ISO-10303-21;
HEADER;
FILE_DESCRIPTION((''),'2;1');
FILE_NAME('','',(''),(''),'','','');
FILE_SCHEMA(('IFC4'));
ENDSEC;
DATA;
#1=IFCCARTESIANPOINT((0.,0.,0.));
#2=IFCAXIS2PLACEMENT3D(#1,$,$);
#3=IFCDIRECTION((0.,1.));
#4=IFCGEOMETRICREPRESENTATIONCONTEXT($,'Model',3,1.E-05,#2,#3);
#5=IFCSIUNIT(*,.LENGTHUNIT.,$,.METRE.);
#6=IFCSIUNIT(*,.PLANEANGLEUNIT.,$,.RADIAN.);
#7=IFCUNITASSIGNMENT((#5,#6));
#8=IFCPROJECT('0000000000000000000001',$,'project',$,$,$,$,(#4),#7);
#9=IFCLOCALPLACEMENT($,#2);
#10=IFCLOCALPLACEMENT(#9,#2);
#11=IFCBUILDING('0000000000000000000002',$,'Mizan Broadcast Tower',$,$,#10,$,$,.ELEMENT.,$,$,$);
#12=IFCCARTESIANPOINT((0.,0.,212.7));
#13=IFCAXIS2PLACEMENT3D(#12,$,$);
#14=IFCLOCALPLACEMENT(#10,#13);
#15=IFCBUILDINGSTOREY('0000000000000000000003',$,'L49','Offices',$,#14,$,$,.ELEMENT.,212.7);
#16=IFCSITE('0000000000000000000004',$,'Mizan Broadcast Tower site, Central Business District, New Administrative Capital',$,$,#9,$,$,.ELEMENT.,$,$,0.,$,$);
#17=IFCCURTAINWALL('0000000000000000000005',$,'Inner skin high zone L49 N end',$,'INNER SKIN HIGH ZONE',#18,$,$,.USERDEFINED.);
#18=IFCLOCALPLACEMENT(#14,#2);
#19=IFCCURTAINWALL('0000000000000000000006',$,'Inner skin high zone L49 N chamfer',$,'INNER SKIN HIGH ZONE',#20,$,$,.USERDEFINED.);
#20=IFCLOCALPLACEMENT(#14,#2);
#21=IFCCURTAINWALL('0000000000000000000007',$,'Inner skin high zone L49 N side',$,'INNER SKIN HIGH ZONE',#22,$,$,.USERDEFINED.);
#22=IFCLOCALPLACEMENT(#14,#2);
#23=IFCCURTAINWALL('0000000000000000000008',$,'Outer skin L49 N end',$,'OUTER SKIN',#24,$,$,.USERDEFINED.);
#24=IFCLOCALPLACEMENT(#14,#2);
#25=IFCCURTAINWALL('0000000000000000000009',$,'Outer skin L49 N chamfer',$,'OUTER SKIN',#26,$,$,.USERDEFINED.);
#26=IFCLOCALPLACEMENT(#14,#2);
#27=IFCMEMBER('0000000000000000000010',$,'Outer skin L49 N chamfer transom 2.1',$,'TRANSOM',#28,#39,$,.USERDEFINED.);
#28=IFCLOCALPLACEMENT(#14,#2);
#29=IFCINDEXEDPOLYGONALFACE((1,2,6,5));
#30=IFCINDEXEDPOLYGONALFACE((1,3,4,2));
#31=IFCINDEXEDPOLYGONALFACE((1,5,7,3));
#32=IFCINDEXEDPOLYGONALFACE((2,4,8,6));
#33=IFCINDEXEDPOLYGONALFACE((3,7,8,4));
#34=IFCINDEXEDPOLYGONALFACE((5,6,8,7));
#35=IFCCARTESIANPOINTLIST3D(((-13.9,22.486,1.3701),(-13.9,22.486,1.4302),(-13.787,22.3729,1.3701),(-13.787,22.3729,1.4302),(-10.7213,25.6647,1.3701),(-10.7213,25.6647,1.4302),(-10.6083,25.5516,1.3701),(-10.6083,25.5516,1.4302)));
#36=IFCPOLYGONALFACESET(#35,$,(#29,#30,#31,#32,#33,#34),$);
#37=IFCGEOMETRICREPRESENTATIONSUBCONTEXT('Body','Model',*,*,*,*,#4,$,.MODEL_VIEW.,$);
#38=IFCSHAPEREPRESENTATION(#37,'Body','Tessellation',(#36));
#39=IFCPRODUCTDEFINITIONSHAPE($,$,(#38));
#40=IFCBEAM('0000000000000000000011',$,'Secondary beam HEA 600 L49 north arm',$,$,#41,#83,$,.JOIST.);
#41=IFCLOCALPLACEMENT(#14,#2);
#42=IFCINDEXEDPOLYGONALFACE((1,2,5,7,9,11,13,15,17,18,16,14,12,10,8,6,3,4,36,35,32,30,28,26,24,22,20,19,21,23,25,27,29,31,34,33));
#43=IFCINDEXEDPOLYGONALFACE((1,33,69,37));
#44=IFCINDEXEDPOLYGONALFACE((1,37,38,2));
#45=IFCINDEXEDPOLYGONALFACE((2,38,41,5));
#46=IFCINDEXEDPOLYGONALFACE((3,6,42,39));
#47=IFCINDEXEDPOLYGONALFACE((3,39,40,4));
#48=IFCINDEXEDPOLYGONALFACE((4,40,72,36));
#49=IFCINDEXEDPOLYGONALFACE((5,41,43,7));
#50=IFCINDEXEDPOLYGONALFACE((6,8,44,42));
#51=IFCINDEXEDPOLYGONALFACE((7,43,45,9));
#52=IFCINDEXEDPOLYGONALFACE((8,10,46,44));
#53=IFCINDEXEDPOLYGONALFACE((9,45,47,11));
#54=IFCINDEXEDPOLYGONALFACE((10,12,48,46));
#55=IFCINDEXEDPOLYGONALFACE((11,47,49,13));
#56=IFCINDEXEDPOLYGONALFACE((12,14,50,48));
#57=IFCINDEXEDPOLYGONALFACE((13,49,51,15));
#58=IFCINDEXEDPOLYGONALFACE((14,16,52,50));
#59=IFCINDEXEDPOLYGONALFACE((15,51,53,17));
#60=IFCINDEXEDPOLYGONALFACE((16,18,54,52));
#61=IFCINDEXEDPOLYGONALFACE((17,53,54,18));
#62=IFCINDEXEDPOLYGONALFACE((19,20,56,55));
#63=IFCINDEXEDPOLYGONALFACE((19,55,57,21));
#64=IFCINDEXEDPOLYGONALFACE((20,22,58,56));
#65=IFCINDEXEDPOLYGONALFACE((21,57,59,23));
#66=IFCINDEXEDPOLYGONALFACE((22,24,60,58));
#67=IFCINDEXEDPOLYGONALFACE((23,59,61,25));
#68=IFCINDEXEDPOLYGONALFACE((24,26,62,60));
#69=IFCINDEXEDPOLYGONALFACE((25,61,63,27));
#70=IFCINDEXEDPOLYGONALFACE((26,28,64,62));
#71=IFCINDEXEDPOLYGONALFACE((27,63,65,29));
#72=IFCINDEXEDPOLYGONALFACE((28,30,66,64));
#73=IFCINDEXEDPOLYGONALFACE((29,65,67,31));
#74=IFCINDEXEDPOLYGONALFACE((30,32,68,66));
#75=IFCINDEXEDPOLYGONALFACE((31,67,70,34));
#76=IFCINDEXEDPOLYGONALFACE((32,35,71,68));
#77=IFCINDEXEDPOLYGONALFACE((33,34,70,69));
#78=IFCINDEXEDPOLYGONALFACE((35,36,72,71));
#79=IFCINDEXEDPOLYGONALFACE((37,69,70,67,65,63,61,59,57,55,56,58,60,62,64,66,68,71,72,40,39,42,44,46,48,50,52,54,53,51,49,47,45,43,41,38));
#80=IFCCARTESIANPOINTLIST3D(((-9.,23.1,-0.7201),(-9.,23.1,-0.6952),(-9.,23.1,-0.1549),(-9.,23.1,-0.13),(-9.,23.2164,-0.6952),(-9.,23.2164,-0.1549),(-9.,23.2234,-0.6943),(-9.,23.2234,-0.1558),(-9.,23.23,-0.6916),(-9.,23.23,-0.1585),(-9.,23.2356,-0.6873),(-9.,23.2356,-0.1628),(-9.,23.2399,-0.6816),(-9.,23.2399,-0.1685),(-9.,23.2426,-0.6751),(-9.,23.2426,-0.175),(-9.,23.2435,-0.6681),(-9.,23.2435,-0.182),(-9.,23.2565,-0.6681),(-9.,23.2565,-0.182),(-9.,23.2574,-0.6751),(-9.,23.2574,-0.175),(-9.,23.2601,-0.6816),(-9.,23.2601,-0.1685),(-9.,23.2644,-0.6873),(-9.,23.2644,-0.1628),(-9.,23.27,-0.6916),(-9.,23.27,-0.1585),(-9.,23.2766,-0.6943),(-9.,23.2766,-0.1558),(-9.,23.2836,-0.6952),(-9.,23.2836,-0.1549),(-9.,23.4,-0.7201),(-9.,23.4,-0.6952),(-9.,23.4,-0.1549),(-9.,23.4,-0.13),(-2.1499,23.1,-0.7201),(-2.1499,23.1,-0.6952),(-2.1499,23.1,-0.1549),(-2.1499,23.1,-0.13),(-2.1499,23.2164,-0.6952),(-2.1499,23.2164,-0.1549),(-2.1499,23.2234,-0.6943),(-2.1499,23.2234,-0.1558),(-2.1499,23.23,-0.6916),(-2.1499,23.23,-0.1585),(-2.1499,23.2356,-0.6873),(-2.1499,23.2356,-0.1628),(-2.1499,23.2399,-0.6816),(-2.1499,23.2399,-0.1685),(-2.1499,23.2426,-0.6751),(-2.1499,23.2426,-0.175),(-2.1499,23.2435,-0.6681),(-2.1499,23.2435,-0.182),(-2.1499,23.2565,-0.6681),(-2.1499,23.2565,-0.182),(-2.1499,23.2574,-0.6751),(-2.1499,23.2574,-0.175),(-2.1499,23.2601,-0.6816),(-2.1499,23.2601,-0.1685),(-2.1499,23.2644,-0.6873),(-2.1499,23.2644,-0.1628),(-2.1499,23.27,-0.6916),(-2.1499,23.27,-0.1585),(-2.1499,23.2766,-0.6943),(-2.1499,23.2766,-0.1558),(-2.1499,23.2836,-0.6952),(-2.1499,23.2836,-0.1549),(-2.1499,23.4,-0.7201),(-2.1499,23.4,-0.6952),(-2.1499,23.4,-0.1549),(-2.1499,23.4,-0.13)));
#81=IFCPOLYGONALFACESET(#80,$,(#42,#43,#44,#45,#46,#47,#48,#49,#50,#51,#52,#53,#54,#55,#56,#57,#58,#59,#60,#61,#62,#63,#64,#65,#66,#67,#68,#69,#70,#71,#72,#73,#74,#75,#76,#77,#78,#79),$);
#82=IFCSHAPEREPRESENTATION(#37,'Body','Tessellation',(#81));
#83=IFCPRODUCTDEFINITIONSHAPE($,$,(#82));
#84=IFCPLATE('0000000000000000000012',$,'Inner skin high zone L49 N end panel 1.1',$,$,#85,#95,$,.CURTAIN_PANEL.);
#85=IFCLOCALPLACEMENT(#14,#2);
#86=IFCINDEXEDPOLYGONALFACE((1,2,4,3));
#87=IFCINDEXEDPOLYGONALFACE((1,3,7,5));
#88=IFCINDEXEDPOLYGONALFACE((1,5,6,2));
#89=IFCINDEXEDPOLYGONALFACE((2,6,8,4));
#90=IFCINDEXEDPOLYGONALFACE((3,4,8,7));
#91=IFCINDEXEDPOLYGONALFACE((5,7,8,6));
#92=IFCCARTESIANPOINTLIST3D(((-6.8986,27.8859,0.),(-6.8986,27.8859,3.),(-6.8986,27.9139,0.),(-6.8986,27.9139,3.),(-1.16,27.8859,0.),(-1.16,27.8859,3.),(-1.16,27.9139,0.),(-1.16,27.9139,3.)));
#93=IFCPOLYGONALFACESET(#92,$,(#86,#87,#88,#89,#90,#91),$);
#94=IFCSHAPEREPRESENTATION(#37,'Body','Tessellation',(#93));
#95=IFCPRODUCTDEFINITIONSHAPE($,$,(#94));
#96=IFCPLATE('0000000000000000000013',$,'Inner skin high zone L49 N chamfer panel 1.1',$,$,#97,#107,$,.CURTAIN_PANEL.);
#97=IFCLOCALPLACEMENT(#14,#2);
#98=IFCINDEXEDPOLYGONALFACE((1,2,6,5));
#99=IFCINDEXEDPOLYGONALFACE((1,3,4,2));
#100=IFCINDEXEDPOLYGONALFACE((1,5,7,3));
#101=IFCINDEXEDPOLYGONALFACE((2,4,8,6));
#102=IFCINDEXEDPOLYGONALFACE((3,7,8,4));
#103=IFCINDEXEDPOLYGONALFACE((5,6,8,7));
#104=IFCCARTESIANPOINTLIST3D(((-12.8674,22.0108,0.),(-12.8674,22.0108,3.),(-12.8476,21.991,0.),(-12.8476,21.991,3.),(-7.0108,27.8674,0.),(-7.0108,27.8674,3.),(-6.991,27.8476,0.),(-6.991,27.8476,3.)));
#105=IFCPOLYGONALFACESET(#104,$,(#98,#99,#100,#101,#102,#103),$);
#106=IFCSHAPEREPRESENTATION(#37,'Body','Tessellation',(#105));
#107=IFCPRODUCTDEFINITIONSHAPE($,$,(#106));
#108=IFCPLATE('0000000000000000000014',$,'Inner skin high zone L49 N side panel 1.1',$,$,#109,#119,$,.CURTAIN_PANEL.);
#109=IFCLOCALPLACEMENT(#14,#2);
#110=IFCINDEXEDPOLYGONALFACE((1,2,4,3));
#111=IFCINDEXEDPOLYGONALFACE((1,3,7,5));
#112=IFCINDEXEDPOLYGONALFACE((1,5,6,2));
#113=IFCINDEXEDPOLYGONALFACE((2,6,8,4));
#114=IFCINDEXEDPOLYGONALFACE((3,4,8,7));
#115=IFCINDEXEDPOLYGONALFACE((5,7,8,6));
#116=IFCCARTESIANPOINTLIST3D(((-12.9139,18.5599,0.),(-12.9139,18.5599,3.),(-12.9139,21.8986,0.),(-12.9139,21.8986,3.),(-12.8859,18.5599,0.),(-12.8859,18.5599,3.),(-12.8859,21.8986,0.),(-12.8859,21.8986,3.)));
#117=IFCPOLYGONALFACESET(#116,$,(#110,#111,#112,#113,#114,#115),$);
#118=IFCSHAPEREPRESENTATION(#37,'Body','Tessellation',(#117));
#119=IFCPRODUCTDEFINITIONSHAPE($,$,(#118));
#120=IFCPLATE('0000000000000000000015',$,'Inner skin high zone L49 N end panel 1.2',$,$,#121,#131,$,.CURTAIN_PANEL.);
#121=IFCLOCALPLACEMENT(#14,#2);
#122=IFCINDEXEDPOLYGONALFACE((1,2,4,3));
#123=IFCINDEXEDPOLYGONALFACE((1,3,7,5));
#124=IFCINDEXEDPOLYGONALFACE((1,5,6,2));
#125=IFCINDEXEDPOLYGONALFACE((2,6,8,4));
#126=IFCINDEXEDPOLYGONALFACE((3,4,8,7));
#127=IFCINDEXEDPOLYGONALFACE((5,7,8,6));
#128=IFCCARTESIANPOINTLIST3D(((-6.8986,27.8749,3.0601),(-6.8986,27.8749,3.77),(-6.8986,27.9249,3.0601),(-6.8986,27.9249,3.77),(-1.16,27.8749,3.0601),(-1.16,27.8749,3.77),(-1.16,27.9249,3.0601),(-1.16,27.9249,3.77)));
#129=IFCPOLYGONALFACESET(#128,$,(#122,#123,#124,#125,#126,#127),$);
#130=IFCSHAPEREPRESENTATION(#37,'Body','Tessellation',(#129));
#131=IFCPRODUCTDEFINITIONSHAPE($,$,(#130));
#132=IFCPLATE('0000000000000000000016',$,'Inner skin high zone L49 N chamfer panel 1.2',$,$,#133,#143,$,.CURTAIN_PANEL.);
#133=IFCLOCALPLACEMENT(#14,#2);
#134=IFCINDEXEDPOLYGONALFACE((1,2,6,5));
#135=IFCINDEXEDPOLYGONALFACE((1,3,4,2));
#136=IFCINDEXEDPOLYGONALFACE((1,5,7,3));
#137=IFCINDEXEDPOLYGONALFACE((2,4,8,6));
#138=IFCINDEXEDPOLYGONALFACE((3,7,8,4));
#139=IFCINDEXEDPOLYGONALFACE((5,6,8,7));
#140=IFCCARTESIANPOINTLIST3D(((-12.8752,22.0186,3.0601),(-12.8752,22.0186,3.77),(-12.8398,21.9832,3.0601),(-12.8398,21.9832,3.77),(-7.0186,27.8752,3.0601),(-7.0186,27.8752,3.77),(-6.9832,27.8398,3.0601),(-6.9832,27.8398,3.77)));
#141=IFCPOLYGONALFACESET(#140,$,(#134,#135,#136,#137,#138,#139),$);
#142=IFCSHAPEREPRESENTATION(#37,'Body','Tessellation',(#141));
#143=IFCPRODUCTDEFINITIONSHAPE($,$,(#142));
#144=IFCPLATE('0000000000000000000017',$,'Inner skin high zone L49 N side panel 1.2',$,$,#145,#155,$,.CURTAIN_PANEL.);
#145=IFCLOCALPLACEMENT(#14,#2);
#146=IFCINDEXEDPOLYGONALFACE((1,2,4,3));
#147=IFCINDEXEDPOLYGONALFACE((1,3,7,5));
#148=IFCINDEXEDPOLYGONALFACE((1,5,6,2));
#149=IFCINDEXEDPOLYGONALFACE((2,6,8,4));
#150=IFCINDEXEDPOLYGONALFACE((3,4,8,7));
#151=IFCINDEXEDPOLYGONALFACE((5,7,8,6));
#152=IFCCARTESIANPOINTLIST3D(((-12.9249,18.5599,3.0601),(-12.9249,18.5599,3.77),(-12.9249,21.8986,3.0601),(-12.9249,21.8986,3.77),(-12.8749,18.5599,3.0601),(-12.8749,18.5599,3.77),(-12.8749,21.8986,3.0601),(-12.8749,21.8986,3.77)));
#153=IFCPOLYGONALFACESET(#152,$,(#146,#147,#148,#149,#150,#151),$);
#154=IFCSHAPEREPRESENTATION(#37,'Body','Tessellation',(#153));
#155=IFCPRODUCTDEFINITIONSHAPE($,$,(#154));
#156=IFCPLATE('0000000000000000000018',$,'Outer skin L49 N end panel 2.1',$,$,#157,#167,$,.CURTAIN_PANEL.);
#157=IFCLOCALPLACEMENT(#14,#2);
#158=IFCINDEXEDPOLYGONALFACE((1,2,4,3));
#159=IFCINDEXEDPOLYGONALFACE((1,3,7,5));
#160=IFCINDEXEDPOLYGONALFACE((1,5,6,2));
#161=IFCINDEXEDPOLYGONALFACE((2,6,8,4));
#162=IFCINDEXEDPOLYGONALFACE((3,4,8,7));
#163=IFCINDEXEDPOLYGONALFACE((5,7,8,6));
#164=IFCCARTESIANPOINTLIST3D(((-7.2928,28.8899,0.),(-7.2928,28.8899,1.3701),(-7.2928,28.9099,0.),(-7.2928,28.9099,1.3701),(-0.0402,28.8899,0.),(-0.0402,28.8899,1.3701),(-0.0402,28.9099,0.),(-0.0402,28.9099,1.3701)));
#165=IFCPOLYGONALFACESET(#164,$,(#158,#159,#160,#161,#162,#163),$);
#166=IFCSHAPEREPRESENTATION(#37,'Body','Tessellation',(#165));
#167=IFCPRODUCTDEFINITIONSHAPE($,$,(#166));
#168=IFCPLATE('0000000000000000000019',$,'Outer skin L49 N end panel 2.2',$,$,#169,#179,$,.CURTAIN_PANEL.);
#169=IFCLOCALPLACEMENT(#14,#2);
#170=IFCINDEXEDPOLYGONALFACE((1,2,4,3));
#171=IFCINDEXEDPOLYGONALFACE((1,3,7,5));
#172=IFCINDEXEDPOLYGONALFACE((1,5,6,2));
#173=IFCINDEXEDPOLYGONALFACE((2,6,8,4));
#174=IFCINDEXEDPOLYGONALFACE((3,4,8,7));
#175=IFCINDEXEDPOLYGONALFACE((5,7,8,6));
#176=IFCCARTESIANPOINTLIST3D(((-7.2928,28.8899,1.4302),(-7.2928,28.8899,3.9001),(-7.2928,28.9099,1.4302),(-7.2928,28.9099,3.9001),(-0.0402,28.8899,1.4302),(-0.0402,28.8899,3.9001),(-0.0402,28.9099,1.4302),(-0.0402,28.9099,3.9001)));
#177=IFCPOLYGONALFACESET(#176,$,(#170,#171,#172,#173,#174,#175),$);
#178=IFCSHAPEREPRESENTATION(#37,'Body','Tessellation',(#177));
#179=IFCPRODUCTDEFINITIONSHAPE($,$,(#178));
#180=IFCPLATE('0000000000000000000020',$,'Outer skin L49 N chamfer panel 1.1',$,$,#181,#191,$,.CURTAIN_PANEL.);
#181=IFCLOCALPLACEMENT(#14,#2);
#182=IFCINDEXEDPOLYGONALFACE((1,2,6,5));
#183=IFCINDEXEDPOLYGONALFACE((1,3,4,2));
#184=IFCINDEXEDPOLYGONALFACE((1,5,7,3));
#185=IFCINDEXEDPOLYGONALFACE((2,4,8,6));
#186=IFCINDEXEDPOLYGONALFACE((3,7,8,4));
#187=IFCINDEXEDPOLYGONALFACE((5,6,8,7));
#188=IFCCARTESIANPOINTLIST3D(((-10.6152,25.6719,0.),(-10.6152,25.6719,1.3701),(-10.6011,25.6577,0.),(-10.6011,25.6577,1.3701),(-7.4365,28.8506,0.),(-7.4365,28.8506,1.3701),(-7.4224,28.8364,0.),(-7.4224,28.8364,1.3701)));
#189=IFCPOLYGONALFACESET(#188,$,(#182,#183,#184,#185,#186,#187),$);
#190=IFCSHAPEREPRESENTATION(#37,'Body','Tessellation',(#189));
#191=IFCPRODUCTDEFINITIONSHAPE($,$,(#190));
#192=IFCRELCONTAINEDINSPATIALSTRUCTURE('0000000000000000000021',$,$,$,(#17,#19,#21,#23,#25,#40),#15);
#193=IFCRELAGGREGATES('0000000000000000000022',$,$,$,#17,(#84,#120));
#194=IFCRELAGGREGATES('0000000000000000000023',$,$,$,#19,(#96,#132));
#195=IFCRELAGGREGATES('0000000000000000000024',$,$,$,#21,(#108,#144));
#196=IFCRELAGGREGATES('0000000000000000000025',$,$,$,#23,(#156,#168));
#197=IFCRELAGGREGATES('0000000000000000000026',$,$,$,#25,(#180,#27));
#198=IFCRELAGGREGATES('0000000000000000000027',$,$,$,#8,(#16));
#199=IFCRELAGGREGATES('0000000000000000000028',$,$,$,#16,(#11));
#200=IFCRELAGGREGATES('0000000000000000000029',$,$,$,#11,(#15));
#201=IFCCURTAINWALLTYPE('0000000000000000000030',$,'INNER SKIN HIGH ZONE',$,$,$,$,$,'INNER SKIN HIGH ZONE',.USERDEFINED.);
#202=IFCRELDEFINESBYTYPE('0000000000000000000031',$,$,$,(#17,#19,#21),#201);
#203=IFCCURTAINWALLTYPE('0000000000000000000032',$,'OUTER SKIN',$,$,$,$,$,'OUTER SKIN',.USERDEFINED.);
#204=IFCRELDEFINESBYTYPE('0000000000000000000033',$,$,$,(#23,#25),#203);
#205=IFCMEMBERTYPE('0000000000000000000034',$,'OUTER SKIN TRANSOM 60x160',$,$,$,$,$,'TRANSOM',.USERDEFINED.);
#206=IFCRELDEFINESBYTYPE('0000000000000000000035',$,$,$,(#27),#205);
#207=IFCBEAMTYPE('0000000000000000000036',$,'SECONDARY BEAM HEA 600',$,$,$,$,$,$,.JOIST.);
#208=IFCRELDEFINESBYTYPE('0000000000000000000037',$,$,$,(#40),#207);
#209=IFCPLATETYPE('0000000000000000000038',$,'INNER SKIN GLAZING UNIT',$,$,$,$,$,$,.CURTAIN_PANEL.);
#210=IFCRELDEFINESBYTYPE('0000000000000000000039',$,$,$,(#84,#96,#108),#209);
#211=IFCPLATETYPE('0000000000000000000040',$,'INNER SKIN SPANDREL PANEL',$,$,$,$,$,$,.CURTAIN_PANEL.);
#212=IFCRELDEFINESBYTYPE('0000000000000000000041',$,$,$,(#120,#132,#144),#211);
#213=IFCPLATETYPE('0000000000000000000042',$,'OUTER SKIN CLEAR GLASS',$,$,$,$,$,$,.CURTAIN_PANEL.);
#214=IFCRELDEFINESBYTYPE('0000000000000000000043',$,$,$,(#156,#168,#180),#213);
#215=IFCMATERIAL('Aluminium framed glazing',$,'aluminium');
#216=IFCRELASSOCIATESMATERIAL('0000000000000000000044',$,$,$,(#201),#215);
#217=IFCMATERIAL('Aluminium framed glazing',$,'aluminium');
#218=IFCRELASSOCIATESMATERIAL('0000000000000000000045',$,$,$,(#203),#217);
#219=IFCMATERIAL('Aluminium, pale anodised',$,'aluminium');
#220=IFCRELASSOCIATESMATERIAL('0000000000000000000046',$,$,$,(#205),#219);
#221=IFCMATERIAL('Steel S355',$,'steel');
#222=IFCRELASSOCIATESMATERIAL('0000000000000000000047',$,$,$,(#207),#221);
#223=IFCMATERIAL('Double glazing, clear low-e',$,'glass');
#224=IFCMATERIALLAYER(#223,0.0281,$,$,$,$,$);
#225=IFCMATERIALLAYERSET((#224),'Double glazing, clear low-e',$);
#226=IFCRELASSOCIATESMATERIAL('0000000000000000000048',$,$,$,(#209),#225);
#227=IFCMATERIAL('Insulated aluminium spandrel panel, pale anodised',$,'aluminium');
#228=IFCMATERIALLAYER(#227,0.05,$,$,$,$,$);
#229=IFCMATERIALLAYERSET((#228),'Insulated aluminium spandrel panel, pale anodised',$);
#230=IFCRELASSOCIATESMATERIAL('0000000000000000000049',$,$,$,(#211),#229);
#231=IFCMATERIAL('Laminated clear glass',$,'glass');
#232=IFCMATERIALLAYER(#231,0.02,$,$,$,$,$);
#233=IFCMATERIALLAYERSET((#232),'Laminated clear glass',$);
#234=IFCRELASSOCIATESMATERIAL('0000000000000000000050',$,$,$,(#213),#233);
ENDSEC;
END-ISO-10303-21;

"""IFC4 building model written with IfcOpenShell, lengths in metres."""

from ifc_helpers import new_model, si_unit, direction, frame, origin, origin_2d, place, context, subcontext, project, spatial, rectangle, i_section, extrude, material, layer, layer_set, material_profile, profile_set, type_object, element, aggregate, save


model = new_model("IFC4")

# Units and contexts
model_context = context("Model", 3, precision=1e-05, world=origin(), true_north=direction((0.0, 1.0)))
body_context = subcontext(model_context, "Body", "Model", "MODEL_VIEW")
ifc_project = project(units=[si_unit("LENGTHUNIT", "METRE"), si_unit("PLANEANGLEUNIT", "RADIAN")], contexts=[model_context])

# Site, building, storey
site_placement = place(None, origin())
site = spatial("IfcSite", under=ifc_project, at=site_placement, Name="Mizan Broadcast Tower site, Central Business District, New Administrative Capital", CompositionType="ELEMENT", RefElevation=0.0)
building_placement = place(site_placement, origin())
building = spatial("IfcBuilding", under=site, at=building_placement, Name="Mizan Broadcast Tower", CompositionType="ELEMENT")
storey_placement = place(building_placement, frame((0.0, 0.0, 212.7)))
storey = spatial("IfcBuildingStorey", under=building, at=storey_placement, Name="L49", Description="Offices", CompositionType="ELEMENT", Elevation=212.7)

# Curtain wall
ifc_material_1 = material(Name="Aluminium framed glazing", Category="aluminium")
curtain_wall_type_1 = type_object("IfcCurtainWallType", Name="INNER SKIN HIGH ZONE", ElementType="INNER SKIN HIGH ZONE", PredefinedType="USERDEFINED", material=ifc_material_1)
curtain_wall_1_placement = place(storey_placement, origin())
curtain_wall_1 = element("IfcCurtainWall", 1, at=curtain_wall_1_placement, inside=storey, type_object=curtain_wall_type_1, Name="Inner skin high zone L49 N end", ObjectType="INNER SKIN HIGH ZONE", PredefinedType="USERDEFINED")

# Curtain wall
curtain_wall_2_placement = place(storey_placement, origin())
curtain_wall_2 = element("IfcCurtainWall", 2, at=curtain_wall_2_placement, inside=storey, type_object=curtain_wall_type_1, Name="Inner skin high zone L49 N chamfer", ObjectType="INNER SKIN HIGH ZONE", PredefinedType="USERDEFINED")

# Curtain walls
curtain_wall_3_placement = place(storey_placement, origin())
curtain_wall_3 = element("IfcCurtainWall", 3, at=curtain_wall_3_placement, inside=storey, type_object=curtain_wall_type_1, Name="Inner skin high zone L49 N side", ObjectType="INNER SKIN HIGH ZONE", PredefinedType="USERDEFINED")
ifc_material_2 = material(Name="Aluminium framed glazing", Category="aluminium")
curtain_wall_type_2 = type_object("IfcCurtainWallType", Name="OUTER SKIN", ElementType="OUTER SKIN", PredefinedType="USERDEFINED", material=ifc_material_2)
curtain_wall_4_placement = place(storey_placement, origin())
curtain_wall_4 = element("IfcCurtainWall", 4, at=curtain_wall_4_placement, inside=storey, type_object=curtain_wall_type_2, Name="Outer skin L49 N end", ObjectType="OUTER SKIN", PredefinedType="USERDEFINED")
curtain_wall_5_placement = place(storey_placement, origin())
curtain_wall_5 = element("IfcCurtainWall", 5, at=curtain_wall_5_placement, inside=storey, type_object=curtain_wall_type_2, Name="Outer skin L49 N chamfer", ObjectType="OUTER SKIN", PredefinedType="USERDEFINED")

# Member
ifc_material_3 = material(Name="Aluminium, pale anodised", Category="aluminium")
ifc_material_profile_1 = material_profile(ifc_material_3, rectangle(XDim=0.1599, YDim=0.0601, at=origin_2d()), Name="TRANSOM 160x60")
ifc_profile_set_1 = profile_set([ifc_material_profile_1], Name="Aluminium, pale anodised")
member_type_1 = type_object("IfcMemberType", Name="OUTER SKIN TRANSOM 60x160", ElementType="TRANSOM", PredefinedType="USERDEFINED", material=ifc_profile_set_1)
member_1_placement = place(storey_placement, frame((-10.6648, 25.6082, 1.4001), z_axis=(-0.707107, -0.707107, 0.0), x_axis=(0.707107, -0.707107, 0.0)))
member_1 = element("IfcMember", 6, at=member_1_placement, type_object=member_type_1, Name="Outer skin L49 N chamfer transom 2.1", ObjectType="TRANSOM", PredefinedType="USERDEFINED", context=body_context, shape_type="SweptSolid", body=[
    extrude(rectangle(XDim=0.1599, YDim=0.0601, at=origin_2d()), origin(), (0.0, 0.0, 1.0), 4.4954),
])

# Beam
ifc_material_4 = material(Name="Steel S355", Category="steel")
ifc_material_profile_2 = material_profile(ifc_material_4, i_section(OverallWidth=0.3, OverallDepth=0.5901, WebThickness=0.0129, FlangeThickness=0.0249, FilletRadius=0.0271, at=origin_2d()), Name="HEA 600")
ifc_profile_set_2 = profile_set([ifc_material_profile_2], Name="Steel S355")
beam_type_1 = type_object("IfcBeamType", Name="SECONDARY BEAM HEA 600", PredefinedType="JOIST", material=ifc_profile_set_2)
beam_1_placement = place(storey_placement, frame((-9.0, 23.25, -0.425), z_axis=(1.0, 0.0, 0.0), x_axis=(0.0, 1.0, 0.0)))
element("IfcBeam", 7, at=beam_1_placement, inside=storey, type_object=beam_type_1, Name="Secondary beam HEA 600 L49 north arm", PredefinedType="JOIST", context=body_context, shape_type="SweptSolid", body=[
    extrude(i_section(OverallWidth=0.3, OverallDepth=0.5901, WebThickness=0.0129, FlangeThickness=0.0249, FilletRadius=0.0271, at=origin_2d()), origin(), (0.0, 0.0, 1.0), 6.8501),
])

# Plates
ifc_material_5 = material(Name="Double glazing, clear low-e", Category="glass")
ifc_layer_1 = layer(ifc_material_5, 0.0281)
ifc_layer_set_1 = layer_set([ifc_layer_1], Name="Double glazing, clear low-e")
plate_type_1 = type_object("IfcPlateType", Name="INNER SKIN GLAZING UNIT", PredefinedType="CURTAIN_PANEL", material=ifc_layer_set_1)
plate_1_placement = place(storey_placement, frame((-4.0293, 27.8999, 0.0), z_axis=(0.0, 0.0, 1.0), x_axis=(-1.0, 0.0, 0.0)))
plate_1 = element("IfcPlate", 8, at=plate_1_placement, type_object=plate_type_1, Name="Inner skin high zone L49 N end panel 1.1", PredefinedType="CURTAIN_PANEL", context=body_context, shape_type="SweptSolid", body=[
    extrude(rectangle(XDim=5.7385, YDim=0.0281, at=origin_2d()), origin(), (0.0, 0.0, 1.0), 3.0),
])
plate_2_placement = place(storey_placement, frame((-9.9292, 24.9292, 0.0), z_axis=(0.0, 0.0, 1.0), x_axis=(-0.707107, -0.707107, 0.0)))
plate_2 = element("IfcPlate", 9, at=plate_2_placement, type_object=plate_type_1, Name="Inner skin high zone L49 N chamfer panel 1.1", PredefinedType="CURTAIN_PANEL", context=body_context, shape_type="SweptSolid", body=[
    extrude(rectangle(XDim=8.2825, YDim=0.0281, at=origin_2d()), origin(), (0.0, 0.0, 1.0), 3.0),
])
plate_3_placement = place(storey_placement, frame((-12.8999, 20.2292, 0.0), z_axis=(0.0, 0.0, 1.0), x_axis=(0.0, -1.0, 0.0)))
plate_3 = element("IfcPlate", 10, at=plate_3_placement, type_object=plate_type_1, Name="Inner skin high zone L49 N side panel 1.1", PredefinedType="CURTAIN_PANEL", context=body_context, shape_type="SweptSolid", body=[
    extrude(rectangle(XDim=3.3386, YDim=0.0281, at=origin_2d()), origin(), (0.0, 0.0, 1.0), 3.0),
])
ifc_material_6 = material(Name="Insulated aluminium spandrel panel, pale anodised", Category="aluminium")
ifc_layer_2 = layer(ifc_material_6, 0.05)
ifc_layer_set_2 = layer_set([ifc_layer_2], Name="Insulated aluminium spandrel panel, pale anodised")
plate_type_2 = type_object("IfcPlateType", Name="INNER SKIN SPANDREL PANEL", PredefinedType="CURTAIN_PANEL", material=ifc_layer_set_2)
plate_4_placement = place(storey_placement, frame((-4.0293, 27.8999, 3.0601), z_axis=(0.0, 0.0, 1.0), x_axis=(-1.0, 0.0, 0.0)))
plate_4 = element("IfcPlate", 11, at=plate_4_placement, type_object=plate_type_2, Name="Inner skin high zone L49 N end panel 1.2", PredefinedType="CURTAIN_PANEL", context=body_context, shape_type="SweptSolid", body=[
    extrude(rectangle(XDim=5.7385, YDim=0.05, at=origin_2d()), origin(), (0.0, 0.0, 1.0), 0.71),
])
aggregate(curtain_wall_1, [plate_1, plate_4])
plate_5_placement = place(storey_placement, frame((-9.9292, 24.9292, 3.0601), z_axis=(0.0, 0.0, 1.0), x_axis=(-0.707107, -0.707107, 0.0)))
plate_5 = element("IfcPlate", 12, at=plate_5_placement, type_object=plate_type_2, Name="Inner skin high zone L49 N chamfer panel 1.2", PredefinedType="CURTAIN_PANEL", context=body_context, shape_type="SweptSolid", body=[
    extrude(rectangle(XDim=8.2825, YDim=0.05, at=origin_2d()), origin(), (0.0, 0.0, 1.0), 0.71),
])
aggregate(curtain_wall_2, [plate_2, plate_5])
plate_6_placement = place(storey_placement, frame((-12.8999, 20.2292, 3.0601), z_axis=(0.0, 0.0, 1.0), x_axis=(0.0, -1.0, 0.0)))
plate_6 = element("IfcPlate", 13, at=plate_6_placement, type_object=plate_type_2, Name="Inner skin high zone L49 N side panel 1.2", PredefinedType="CURTAIN_PANEL", context=body_context, shape_type="SweptSolid", body=[
    extrude(rectangle(XDim=3.3386, YDim=0.05, at=origin_2d()), origin(), (0.0, 0.0, 1.0), 0.71),
])
aggregate(curtain_wall_3, [plate_3, plate_6])
ifc_material_7 = material(Name="Laminated clear glass", Category="glass")
ifc_layer_3 = layer(ifc_material_7, 0.02)
ifc_layer_set_3 = layer_set([ifc_layer_3], Name="Laminated clear glass")
plate_type_3 = type_object("IfcPlateType", Name="OUTER SKIN CLEAR GLASS", PredefinedType="CURTAIN_PANEL", material=ifc_layer_set_3)
plate_7_placement = place(storey_placement, frame((-3.6665, 28.8999, 0.0), z_axis=(0.0, 0.0, 1.0), x_axis=(-1.0, 0.0, 0.0)))
plate_7 = element("IfcPlate", 14, at=plate_7_placement, type_object=plate_type_3, Name="Outer skin L49 N end panel 2.1", PredefinedType="CURTAIN_PANEL", context=body_context, shape_type="SweptSolid", body=[
    extrude(rectangle(XDim=7.2527, YDim=0.02, at=origin_2d()), origin(), (0.0, 0.0, 1.0), 1.3701),
])
plate_8_placement = place(storey_placement, frame((-3.6665, 28.8999, 1.4302), z_axis=(0.0, 0.0, 1.0), x_axis=(-1.0, 0.0, 0.0)))
plate_8 = element("IfcPlate", 15, at=plate_8_placement, type_object=plate_type_3, Name="Outer skin L49 N end panel 2.2", PredefinedType="CURTAIN_PANEL", context=body_context, shape_type="SweptSolid", body=[
    extrude(rectangle(XDim=7.2527, YDim=0.02, at=origin_2d()), origin(), (0.0, 0.0, 1.0), 2.47),
])
aggregate(curtain_wall_4, [plate_7, plate_8])
plate_9_placement = place(storey_placement, frame((-9.0188, 27.2542, 0.0), z_axis=(0.0, 0.0, 1.0), x_axis=(-0.707107, -0.707107, 0.0)))
plate_9 = element("IfcPlate", 16, at=plate_9_placement, type_object=plate_type_3, Name="Outer skin L49 N chamfer panel 1.1", PredefinedType="CURTAIN_PANEL", context=body_context, shape_type="SweptSolid", body=[
    extrude(rectangle(XDim=4.4954, YDim=0.02, at=origin_2d()), origin(), (0.0, 0.0, 1.0), 1.3701),
])
aggregate(curtain_wall_5, [plate_9, member_1])

save(model, "model.ifc")
